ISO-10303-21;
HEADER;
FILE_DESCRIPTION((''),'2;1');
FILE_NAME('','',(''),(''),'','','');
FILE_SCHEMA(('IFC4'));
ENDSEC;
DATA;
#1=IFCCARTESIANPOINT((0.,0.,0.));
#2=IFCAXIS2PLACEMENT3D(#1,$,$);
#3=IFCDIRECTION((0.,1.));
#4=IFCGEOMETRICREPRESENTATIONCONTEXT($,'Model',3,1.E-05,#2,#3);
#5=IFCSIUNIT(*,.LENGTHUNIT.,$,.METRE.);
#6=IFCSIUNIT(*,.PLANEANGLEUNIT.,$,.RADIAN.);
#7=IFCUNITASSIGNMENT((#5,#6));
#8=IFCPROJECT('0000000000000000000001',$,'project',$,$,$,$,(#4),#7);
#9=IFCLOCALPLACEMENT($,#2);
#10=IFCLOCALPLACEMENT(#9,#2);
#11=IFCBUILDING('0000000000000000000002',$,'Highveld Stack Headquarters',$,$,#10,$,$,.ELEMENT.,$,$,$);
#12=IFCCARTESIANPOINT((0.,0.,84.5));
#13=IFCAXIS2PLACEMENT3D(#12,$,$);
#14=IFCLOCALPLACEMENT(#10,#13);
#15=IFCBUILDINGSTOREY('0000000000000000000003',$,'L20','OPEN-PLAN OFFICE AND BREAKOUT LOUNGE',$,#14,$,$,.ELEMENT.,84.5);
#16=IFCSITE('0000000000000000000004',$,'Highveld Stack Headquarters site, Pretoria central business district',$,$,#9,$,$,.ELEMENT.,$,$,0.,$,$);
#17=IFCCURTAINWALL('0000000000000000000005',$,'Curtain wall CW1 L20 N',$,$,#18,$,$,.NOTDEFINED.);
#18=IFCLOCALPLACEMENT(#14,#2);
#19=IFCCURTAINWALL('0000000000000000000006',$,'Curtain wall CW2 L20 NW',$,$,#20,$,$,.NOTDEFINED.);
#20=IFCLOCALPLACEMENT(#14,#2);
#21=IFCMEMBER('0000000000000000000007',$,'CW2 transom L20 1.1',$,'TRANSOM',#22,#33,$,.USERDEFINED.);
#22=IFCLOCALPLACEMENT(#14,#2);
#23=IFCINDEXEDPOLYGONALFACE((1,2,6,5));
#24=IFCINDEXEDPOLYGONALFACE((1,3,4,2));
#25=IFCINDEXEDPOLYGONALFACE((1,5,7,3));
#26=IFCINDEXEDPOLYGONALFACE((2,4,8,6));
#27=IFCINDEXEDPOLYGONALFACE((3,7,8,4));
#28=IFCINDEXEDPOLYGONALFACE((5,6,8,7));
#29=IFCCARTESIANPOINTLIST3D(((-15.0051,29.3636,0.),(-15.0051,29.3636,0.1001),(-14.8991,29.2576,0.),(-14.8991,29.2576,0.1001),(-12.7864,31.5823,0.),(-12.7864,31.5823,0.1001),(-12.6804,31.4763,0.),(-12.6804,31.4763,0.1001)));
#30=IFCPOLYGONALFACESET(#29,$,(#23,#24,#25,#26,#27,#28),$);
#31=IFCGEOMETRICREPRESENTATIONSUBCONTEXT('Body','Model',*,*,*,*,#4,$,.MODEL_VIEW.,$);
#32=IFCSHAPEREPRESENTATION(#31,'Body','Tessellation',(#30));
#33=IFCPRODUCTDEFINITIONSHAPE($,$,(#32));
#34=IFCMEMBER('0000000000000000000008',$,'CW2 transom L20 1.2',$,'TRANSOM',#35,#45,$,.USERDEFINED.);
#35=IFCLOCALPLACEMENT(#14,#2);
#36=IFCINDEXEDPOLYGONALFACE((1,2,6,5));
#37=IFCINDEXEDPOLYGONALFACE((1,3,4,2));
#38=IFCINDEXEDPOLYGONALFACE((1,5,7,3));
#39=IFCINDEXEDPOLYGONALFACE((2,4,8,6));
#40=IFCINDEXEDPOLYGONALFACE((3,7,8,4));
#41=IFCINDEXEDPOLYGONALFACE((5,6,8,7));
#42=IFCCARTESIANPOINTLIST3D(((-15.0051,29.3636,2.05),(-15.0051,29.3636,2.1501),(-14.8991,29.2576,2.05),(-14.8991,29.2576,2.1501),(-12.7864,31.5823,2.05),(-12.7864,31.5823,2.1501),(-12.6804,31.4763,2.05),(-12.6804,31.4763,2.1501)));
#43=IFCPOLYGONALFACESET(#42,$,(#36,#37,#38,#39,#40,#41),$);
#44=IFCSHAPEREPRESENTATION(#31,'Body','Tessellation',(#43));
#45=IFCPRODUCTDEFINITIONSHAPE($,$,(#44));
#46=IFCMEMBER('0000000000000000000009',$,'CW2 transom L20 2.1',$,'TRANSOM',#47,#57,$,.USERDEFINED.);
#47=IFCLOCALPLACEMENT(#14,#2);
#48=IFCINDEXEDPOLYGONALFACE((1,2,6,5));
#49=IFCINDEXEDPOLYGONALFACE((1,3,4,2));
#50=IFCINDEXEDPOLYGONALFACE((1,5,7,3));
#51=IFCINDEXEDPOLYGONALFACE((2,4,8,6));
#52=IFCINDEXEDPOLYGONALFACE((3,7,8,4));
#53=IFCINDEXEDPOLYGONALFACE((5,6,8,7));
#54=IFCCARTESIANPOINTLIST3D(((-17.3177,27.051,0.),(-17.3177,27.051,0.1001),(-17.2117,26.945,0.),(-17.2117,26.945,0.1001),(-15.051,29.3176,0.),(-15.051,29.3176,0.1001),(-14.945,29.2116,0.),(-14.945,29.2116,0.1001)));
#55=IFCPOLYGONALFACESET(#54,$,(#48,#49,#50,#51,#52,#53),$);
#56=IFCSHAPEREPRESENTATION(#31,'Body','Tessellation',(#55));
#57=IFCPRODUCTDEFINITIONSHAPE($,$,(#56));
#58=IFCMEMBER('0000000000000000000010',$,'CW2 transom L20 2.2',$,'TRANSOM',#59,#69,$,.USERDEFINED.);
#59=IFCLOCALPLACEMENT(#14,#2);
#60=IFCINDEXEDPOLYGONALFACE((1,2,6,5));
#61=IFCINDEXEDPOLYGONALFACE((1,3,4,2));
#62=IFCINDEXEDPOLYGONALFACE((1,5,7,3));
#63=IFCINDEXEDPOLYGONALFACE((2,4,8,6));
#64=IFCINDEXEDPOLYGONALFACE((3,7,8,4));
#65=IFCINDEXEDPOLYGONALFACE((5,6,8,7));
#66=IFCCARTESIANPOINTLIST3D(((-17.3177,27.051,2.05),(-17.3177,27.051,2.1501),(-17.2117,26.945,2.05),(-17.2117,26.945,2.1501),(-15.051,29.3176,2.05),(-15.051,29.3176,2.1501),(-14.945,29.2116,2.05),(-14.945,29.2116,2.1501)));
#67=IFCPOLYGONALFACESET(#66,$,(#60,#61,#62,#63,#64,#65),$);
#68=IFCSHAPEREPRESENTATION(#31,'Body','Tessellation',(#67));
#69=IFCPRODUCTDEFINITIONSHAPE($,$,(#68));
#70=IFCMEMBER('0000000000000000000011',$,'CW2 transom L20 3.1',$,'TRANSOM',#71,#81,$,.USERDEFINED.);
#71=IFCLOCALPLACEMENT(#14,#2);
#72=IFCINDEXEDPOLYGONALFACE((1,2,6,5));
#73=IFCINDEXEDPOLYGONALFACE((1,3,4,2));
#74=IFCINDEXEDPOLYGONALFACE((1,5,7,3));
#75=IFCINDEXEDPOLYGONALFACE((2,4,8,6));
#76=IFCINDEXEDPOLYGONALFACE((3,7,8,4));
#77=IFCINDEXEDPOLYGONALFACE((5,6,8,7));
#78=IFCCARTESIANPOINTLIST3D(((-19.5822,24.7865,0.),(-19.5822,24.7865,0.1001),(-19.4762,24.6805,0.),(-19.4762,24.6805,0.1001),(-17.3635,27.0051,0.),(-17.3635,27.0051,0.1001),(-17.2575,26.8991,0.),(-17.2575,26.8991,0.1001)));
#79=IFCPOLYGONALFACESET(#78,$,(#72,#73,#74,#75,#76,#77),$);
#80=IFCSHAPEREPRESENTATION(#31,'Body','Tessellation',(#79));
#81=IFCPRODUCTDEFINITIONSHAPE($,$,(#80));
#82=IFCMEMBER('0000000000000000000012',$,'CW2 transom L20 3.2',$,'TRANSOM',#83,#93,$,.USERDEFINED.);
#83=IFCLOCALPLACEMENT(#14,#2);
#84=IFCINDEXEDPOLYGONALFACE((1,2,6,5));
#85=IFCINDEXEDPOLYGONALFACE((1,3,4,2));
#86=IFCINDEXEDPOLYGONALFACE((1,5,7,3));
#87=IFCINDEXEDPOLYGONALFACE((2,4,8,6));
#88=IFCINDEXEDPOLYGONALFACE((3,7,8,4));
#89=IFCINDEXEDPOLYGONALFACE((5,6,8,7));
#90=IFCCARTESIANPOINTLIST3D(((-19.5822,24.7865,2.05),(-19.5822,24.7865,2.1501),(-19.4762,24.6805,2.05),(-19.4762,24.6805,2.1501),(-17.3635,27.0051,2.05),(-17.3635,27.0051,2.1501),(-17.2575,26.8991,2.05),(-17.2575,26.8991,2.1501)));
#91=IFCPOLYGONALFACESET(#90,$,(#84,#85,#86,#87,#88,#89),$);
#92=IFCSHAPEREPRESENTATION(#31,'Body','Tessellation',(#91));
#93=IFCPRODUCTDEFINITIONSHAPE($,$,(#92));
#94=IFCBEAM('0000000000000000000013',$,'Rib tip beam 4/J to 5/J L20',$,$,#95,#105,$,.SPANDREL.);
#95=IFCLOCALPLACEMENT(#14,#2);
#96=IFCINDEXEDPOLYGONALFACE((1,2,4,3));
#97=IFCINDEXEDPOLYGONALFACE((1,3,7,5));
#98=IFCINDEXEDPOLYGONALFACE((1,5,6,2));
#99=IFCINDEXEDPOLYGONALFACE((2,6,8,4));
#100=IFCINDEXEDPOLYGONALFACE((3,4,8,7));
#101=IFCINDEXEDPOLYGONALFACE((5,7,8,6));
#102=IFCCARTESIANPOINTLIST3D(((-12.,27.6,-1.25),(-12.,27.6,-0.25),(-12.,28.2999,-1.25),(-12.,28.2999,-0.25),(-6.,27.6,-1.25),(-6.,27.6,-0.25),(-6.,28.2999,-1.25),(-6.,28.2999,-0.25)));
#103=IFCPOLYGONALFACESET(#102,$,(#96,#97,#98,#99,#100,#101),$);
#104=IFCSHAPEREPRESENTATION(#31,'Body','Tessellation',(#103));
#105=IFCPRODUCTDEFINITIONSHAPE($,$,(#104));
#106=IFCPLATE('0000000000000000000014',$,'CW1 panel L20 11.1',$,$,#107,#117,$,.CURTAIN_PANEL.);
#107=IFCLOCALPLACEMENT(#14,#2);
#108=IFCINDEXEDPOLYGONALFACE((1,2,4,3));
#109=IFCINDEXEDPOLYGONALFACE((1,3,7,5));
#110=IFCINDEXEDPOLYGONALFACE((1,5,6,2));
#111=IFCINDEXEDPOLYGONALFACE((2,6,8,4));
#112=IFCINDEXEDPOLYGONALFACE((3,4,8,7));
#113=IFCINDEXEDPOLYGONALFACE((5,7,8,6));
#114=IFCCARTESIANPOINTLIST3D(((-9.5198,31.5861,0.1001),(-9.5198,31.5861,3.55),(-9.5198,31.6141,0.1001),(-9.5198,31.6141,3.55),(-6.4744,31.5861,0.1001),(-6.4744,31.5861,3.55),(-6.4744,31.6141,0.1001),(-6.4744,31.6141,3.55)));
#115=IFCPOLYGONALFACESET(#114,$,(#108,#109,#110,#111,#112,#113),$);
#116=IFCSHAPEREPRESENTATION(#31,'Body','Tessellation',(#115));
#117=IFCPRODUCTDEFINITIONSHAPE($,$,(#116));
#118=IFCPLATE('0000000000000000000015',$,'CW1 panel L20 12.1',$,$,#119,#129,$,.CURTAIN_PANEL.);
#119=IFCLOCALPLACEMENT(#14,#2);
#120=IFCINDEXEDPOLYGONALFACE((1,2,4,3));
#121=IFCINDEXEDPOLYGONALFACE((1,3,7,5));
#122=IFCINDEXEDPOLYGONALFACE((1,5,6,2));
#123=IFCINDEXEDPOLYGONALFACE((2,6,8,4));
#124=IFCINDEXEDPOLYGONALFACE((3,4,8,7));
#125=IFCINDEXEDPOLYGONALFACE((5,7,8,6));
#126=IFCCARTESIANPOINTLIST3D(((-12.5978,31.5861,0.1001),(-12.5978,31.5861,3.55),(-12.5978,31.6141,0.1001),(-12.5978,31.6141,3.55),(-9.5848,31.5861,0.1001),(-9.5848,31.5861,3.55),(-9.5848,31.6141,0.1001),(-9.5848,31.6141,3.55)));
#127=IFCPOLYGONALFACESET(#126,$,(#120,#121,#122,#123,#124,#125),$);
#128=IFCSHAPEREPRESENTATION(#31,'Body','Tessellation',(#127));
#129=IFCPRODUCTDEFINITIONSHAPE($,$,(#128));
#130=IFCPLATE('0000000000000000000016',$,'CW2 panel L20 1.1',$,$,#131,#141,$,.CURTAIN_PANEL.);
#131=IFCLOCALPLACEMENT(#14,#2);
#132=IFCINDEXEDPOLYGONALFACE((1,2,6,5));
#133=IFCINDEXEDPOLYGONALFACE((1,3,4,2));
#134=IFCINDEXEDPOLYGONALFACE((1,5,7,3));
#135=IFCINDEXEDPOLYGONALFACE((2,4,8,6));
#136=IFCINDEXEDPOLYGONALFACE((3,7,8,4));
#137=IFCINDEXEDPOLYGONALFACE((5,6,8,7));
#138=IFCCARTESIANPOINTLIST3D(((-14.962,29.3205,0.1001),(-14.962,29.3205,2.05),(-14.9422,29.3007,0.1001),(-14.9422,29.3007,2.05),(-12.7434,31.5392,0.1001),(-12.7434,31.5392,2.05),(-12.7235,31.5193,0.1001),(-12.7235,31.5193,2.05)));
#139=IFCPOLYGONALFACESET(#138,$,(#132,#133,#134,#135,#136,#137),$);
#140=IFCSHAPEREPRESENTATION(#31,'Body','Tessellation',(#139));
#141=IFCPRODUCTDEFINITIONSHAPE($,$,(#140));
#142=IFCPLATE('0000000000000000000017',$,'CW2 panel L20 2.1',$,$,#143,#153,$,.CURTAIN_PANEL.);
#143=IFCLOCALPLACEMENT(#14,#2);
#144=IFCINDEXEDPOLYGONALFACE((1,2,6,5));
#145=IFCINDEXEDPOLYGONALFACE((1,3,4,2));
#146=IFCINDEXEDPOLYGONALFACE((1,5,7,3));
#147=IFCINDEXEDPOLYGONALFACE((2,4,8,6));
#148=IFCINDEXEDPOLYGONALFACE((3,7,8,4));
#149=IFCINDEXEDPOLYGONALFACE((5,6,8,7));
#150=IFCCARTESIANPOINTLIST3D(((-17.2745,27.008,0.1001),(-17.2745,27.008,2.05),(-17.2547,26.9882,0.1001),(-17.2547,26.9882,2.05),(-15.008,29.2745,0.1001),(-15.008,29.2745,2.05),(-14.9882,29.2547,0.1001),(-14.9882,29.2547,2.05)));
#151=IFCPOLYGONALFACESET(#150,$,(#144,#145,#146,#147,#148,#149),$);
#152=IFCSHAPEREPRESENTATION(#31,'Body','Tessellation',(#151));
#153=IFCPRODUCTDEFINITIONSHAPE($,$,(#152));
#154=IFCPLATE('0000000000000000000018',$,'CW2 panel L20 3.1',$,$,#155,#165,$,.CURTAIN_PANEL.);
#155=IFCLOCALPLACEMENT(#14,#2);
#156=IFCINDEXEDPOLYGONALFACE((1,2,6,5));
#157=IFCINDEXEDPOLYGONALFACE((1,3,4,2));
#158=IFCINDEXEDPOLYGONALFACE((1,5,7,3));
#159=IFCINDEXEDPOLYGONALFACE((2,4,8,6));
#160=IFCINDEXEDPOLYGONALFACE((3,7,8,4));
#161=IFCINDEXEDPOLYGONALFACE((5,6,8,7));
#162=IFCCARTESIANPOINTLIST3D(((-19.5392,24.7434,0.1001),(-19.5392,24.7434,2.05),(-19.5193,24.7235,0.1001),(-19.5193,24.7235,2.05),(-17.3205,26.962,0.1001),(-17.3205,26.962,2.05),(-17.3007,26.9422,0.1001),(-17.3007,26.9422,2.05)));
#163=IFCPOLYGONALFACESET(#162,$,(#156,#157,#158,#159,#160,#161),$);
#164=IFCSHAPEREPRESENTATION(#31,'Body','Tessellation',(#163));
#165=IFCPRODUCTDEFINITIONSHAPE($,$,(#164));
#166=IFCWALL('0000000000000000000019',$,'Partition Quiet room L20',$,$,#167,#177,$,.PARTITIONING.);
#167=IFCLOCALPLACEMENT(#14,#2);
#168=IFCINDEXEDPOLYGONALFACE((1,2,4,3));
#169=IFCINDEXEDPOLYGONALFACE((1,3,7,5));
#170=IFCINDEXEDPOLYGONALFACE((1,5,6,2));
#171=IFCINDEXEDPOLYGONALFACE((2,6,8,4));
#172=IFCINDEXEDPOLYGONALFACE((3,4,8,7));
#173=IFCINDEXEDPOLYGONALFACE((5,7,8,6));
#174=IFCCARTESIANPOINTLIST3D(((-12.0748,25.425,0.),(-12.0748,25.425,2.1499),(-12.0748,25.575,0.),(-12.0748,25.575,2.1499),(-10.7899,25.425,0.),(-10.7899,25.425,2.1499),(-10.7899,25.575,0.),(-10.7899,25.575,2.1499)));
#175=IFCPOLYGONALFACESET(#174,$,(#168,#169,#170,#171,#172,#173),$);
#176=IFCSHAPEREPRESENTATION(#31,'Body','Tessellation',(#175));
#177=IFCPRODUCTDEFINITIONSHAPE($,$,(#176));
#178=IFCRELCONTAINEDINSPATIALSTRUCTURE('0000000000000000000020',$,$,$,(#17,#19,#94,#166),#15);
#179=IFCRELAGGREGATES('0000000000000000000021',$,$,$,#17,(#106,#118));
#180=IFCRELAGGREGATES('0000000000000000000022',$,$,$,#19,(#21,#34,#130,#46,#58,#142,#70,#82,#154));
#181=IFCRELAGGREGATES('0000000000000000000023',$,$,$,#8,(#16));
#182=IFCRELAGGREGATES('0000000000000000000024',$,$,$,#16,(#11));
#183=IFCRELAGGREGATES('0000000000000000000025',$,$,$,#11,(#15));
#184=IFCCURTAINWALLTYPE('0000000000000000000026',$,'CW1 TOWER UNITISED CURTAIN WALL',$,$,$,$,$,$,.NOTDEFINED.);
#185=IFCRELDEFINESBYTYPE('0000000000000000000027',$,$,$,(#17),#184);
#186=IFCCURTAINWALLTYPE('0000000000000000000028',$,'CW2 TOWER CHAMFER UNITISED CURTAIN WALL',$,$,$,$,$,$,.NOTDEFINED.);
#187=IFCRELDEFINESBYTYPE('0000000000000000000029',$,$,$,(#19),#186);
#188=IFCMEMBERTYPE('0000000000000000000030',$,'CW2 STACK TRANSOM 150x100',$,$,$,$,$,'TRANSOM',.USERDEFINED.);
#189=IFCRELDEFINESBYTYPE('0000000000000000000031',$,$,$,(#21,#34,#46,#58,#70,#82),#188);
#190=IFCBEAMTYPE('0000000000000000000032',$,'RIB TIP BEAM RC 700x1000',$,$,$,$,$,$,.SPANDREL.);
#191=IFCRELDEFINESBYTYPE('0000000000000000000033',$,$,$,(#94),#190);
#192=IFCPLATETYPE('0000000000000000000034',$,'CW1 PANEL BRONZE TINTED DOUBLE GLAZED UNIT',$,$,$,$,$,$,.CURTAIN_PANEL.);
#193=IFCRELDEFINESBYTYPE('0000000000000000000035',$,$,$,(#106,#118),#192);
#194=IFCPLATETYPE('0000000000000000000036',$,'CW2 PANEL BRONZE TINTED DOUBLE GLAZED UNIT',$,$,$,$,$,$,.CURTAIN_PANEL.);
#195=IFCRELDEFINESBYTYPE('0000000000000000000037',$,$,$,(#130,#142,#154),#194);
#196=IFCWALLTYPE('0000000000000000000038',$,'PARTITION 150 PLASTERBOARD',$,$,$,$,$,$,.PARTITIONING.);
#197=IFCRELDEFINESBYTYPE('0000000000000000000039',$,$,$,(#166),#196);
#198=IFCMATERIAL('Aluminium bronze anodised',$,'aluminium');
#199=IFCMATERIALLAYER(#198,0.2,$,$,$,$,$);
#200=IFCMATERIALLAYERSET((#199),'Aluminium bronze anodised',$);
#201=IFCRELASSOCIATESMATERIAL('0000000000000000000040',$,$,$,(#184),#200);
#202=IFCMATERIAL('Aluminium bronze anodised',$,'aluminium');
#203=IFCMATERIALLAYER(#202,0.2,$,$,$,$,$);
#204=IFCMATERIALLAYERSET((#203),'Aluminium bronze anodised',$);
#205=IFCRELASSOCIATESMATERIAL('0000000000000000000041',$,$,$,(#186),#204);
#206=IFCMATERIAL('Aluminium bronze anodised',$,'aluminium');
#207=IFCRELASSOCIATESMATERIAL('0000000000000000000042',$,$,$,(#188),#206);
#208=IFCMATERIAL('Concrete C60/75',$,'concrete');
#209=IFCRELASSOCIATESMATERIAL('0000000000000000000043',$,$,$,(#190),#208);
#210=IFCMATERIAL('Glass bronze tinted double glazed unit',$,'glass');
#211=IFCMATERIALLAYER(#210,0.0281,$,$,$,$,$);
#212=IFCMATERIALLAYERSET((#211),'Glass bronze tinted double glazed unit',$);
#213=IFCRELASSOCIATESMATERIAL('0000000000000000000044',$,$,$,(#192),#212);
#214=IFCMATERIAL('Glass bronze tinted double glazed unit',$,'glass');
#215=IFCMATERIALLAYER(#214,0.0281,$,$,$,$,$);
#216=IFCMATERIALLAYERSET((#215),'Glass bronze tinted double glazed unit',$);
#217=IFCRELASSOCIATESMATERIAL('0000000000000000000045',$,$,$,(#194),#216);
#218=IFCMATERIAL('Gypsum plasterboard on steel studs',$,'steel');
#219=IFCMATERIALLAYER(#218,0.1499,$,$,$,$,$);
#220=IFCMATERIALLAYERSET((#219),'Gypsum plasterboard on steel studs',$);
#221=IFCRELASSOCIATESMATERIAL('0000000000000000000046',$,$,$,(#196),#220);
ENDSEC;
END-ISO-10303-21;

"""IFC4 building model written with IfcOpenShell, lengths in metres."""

from ifc_helpers import new_model, si_unit, direction, frame, frame_2d, origin, origin_2d, place, context, subcontext, project, spatial, rectangle, extrude, material, layer, layer_set, material_profile, profile_set, type_object, element, aggregate, save


model = new_model("IFC4")

# Units and contexts
model_context = context("Model", 3, precision=1e-05, world=origin(), true_north=direction((0.0, 1.0)))
body_context = subcontext(model_context, "Body", "Model", "MODEL_VIEW")
ifc_project = project(units=[si_unit("LENGTHUNIT", "METRE"), si_unit("PLANEANGLEUNIT", "RADIAN")], contexts=[model_context])

# Site, building, storey
site_placement = place(None, origin())
site = spatial("IfcSite", under=ifc_project, at=site_placement, Name="Highveld Stack Headquarters site, Pretoria central business district", CompositionType="ELEMENT", RefElevation=0.0)
building_placement = place(site_placement, origin())
building = spatial("IfcBuilding", under=site, at=building_placement, Name="Highveld Stack Headquarters", CompositionType="ELEMENT")
storey_placement = place(building_placement, frame((0.0, 0.0, 84.5)))
storey = spatial("IfcBuildingStorey", under=building, at=storey_placement, Name="L20", Description="OPEN-PLAN OFFICE AND BREAKOUT LOUNGE", CompositionType="ELEMENT", Elevation=84.5)

# Curtain wall
ifc_material_1 = material(Name="Aluminium bronze anodised", Category="aluminium")
ifc_layer_1 = layer(ifc_material_1, 0.2)
ifc_layer_set_1 = layer_set([ifc_layer_1], Name="Aluminium bronze anodised")
curtain_wall_type_1 = type_object("IfcCurtainWallType", Name="CW1 TOWER UNITISED CURTAIN WALL", PredefinedType="NOTDEFINED", material=ifc_layer_set_1)
curtain_wall_1_placement = place(storey_placement, origin())
curtain_wall_1 = element("IfcCurtainWall", 1, at=curtain_wall_1_placement, inside=storey, type_object=curtain_wall_type_1, Name="Curtain wall CW1 L20 N", PredefinedType="NOTDEFINED")

# Curtain wall, members
ifc_material_2 = material(Name="Aluminium bronze anodised", Category="aluminium")
ifc_layer_2 = layer(ifc_material_2, 0.2)
ifc_layer_set_2 = layer_set([ifc_layer_2], Name="Aluminium bronze anodised")
curtain_wall_type_2 = type_object("IfcCurtainWallType", Name="CW2 TOWER CHAMFER UNITISED CURTAIN WALL", PredefinedType="NOTDEFINED", material=ifc_layer_set_2)
curtain_wall_2_placement = place(storey_placement, origin())
curtain_wall_2 = element("IfcCurtainWall", 2, at=curtain_wall_2_placement, inside=storey, type_object=curtain_wall_type_2, Name="Curtain wall CW2 L20 NW", PredefinedType="NOTDEFINED")
ifc_material_3 = material(Name="Aluminium bronze anodised", Category="aluminium")
ifc_material_profile_1 = material_profile(ifc_material_3, rectangle(XDim=0.1499, YDim=0.1001, at=origin_2d()), Name="CW2 TRANSOM 150x100")
ifc_profile_set_1 = profile_set([ifc_material_profile_1], Name="Aluminium bronze anodised")
member_type_1 = type_object("IfcMemberType", Name="CW2 STACK TRANSOM 150x100", ElementType="TRANSOM", PredefinedType="USERDEFINED", material=ifc_profile_set_1)
member_1_placement = place(storey_placement, frame((-12.7334, 31.5293, 0.05), z_axis=(-0.707107, -0.707107, 0.0), x_axis=(0.707107, -0.707107, 0.0)))
member_1 = element("IfcMember", 3, at=member_1_placement, type_object=member_type_1, Name="CW2 transom L20 1.1", ObjectType="TRANSOM", PredefinedType="USERDEFINED", context=body_context, shape_type="SweptSolid", body=[
    extrude(rectangle(XDim=0.1499, YDim=0.1001, at=origin_2d()), origin(), (0.0, 0.0, 1.0), 3.1377),
])
member_2_placement = place(storey_placement, frame((-12.7334, 31.5293, 2.1001), z_axis=(-0.707107, -0.707107, 0.0), x_axis=(0.707107, -0.707107, 0.0)))
member_2 = element("IfcMember", 4, at=member_2_placement, type_object=member_type_1, Name="CW2 transom L20 1.2", ObjectType="TRANSOM", PredefinedType="USERDEFINED", context=body_context, shape_type="SweptSolid", body=[
    extrude(rectangle(XDim=0.1499, YDim=0.1001, at=origin_2d()), origin(), (0.0, 0.0, 1.0), 3.1377),
])
member_3_placement = place(storey_placement, frame((-14.998, 29.2646, 0.05), z_axis=(-0.707107, -0.707107, 0.0), x_axis=(0.707107, -0.707107, 0.0)))
member_3 = element("IfcMember", 5, at=member_3_placement, type_object=member_type_1, Name="CW2 transom L20 2.1", ObjectType="TRANSOM", PredefinedType="USERDEFINED", context=body_context, shape_type="SweptSolid", body=[
    extrude(rectangle(XDim=0.1499, YDim=0.1001, at=origin_2d()), origin(), (0.0, 0.0, 1.0), 3.2056),
])
member_4_placement = place(storey_placement, frame((-14.998, 29.2646, 2.1001), z_axis=(-0.707107, -0.707107, 0.0), x_axis=(0.707107, -0.707107, 0.0)))
member_4 = element("IfcMember", 6, at=member_4_placement, type_object=member_type_1, Name="CW2 transom L20 2.2", ObjectType="TRANSOM", PredefinedType="USERDEFINED", context=body_context, shape_type="SweptSolid", body=[
    extrude(rectangle(XDim=0.1499, YDim=0.1001, at=origin_2d()), origin(), (0.0, 0.0, 1.0), 3.2056),
])
member_5_placement = place(storey_placement, frame((-17.3105, 26.9521, 0.05), z_axis=(-0.707107, -0.707107, 0.0), x_axis=(0.707107, -0.707107, 0.0)))
member_5 = element("IfcMember", 7, at=member_5_placement, type_object=member_type_1, Name="CW2 transom L20 3.1", ObjectType="TRANSOM", PredefinedType="USERDEFINED", context=body_context, shape_type="SweptSolid", body=[
    extrude(rectangle(XDim=0.1499, YDim=0.1001, at=origin_2d()), origin(), (0.0, 0.0, 1.0), 3.1377),
])
member_6_placement = place(storey_placement, frame((-17.3105, 26.9521, 2.1001), z_axis=(-0.707107, -0.707107, 0.0), x_axis=(0.707107, -0.707107, 0.0)))
member_6 = element("IfcMember", 8, at=member_6_placement, type_object=member_type_1, Name="CW2 transom L20 3.2", ObjectType="TRANSOM", PredefinedType="USERDEFINED", context=body_context, shape_type="SweptSolid", body=[
    extrude(rectangle(XDim=0.1499, YDim=0.1001, at=origin_2d()), origin(), (0.0, 0.0, 1.0), 3.1377),
])

# Beam
ifc_material_4 = material(Name="Concrete C60/75", Category="concrete")
ifc_material_profile_2 = material_profile(ifc_material_4, rectangle(XDim=0.7, YDim=1.0, at=origin_2d()), Name="RC 700x1000")
ifc_profile_set_2 = profile_set([ifc_material_profile_2], Name="Concrete C60/75")
beam_type = type_object("IfcBeamType", Name="RIB TIP BEAM RC 700x1000", PredefinedType="SPANDREL", material=ifc_profile_set_2)
beam_placement = place(storey_placement, frame((-12.0, 27.95, -0.75), z_axis=(1.0, 0.0, 0.0), x_axis=(0.0, 1.0, 0.0)))
element("IfcBeam", 9, at=beam_placement, inside=storey, type_object=beam_type, Name="Rib tip beam 4/J to 5/J L20", PredefinedType="SPANDREL", context=body_context, shape_type="SweptSolid", body=[
    extrude(rectangle(XDim=0.7, YDim=1.0, at=origin_2d()), origin(), (0.0, 0.0, 1.0), 6.0),
])

# Plates
ifc_material_5 = material(Name="Glass bronze tinted double glazed unit", Category="glass")
ifc_layer_3 = layer(ifc_material_5, 0.0281)
ifc_layer_set_3 = layer_set([ifc_layer_3], Name="Glass bronze tinted double glazed unit")
plate_type_1 = type_object("IfcPlateType", Name="CW1 PANEL BRONZE TINTED DOUBLE GLAZED UNIT", PredefinedType="CURTAIN_PANEL", material=ifc_layer_set_3)
plate_1_placement = place(storey_placement, frame((-7.9971, 31.6001, 0.1001), z_axis=(0.0, 0.0, 1.0), x_axis=(-1.0, 0.0, 0.0)))
plate_1 = element("IfcPlate", 10, at=plate_1_placement, type_object=plate_type_1, Name="CW1 panel L20 11.1", PredefinedType="CURTAIN_PANEL", context=body_context, shape_type="SweptSolid", body=[
    extrude(rectangle(XDim=3.0454, YDim=0.0281, at=origin_2d()), origin(), (0.0, 0.0, 1.0), 3.45),
])
plate_2_placement = place(storey_placement, frame((-11.0913, 31.6001, 0.1001), z_axis=(0.0, 0.0, 1.0), x_axis=(-1.0, 0.0, 0.0)))
plate_2 = element("IfcPlate", 11, at=plate_2_placement, type_object=plate_type_1, Name="CW1 panel L20 12.1", PredefinedType="CURTAIN_PANEL", context=body_context, shape_type="SweptSolid", body=[
    extrude(rectangle(XDim=3.0129, YDim=0.0281, at=origin_2d()), origin(), (0.0, 0.0, 1.0), 3.45),
])
aggregate(curtain_wall_1, [plate_1, plate_2])
ifc_material_6 = material(Name="Glass bronze tinted double glazed unit", Category="glass")
ifc_layer_4 = layer(ifc_material_6, 0.0281)
ifc_layer_set_4 = layer_set([ifc_layer_4], Name="Glass bronze tinted double glazed unit")
plate_type_2 = type_object("IfcPlateType", Name="CW2 PANEL BRONZE TINTED DOUBLE GLAZED UNIT", PredefinedType="CURTAIN_PANEL", material=ifc_layer_set_4)
plate_3_placement = place(storey_placement, frame((-13.8428, 30.4199, 0.1001), z_axis=(0.0, 0.0, 1.0), x_axis=(-0.707107, -0.707107, 0.0)))
plate_3 = element("IfcPlate", 12, at=plate_3_placement, type_object=plate_type_2, Name="CW2 panel L20 1.1", PredefinedType="CURTAIN_PANEL", context=body_context, shape_type="SweptSolid", body=[
    extrude(rectangle(XDim=3.1377, YDim=0.0281, at=origin_2d()), origin(), (0.0, 0.0, 1.0), 1.95),
])
plate_4_placement = place(storey_placement, frame((-16.1313, 28.1313, 0.1001), z_axis=(0.0, 0.0, 1.0), x_axis=(-0.707107, -0.707107, 0.0)))
plate_4 = element("IfcPlate", 13, at=plate_4_placement, type_object=plate_type_2, Name="CW2 panel L20 2.1", PredefinedType="CURTAIN_PANEL", context=body_context, shape_type="SweptSolid", body=[
    extrude(rectangle(XDim=3.2053, YDim=0.0281, at=origin_2d()), origin(), (0.0, 0.0, 1.0), 1.95),
])
plate_5_placement = place(storey_placement, frame((-18.4199, 25.8428, 0.1001), z_axis=(0.0, 0.0, 1.0), x_axis=(-0.707107, -0.707107, 0.0)))
plate_5 = element("IfcPlate", 14, at=plate_5_placement, type_object=plate_type_2, Name="CW2 panel L20 3.1", PredefinedType="CURTAIN_PANEL", context=body_context, shape_type="SweptSolid", body=[
    extrude(rectangle(XDim=3.1377, YDim=0.0281, at=origin_2d()), origin(), (0.0, 0.0, 1.0), 1.95),
])
aggregate(curtain_wall_2, [member_1, member_2, plate_3, member_3, member_4, plate_4, member_5, member_6, plate_5])

# Wall
ifc_material_7 = material(Name="Gypsum plasterboard on steel studs", Category="steel")
ifc_layer_5 = layer(ifc_material_7, 0.1499)
ifc_layer_set_5 = layer_set([ifc_layer_5], Name="Gypsum plasterboard on steel studs")
wall_type = type_object("IfcWallType", Name="PARTITION 150 PLASTERBOARD", PredefinedType="PARTITIONING", material=ifc_layer_set_5)
wall_1_placement = place(storey_placement, frame((-12.075, 25.5, 0.0), z_axis=(0.0, 0.0, 1.0), x_axis=(1.0, 0.0, 0.0)))
element("IfcWall", 15, at=wall_1_placement, inside=storey, type_object=wall_type, Name="Partition Quiet room L20", PredefinedType="PARTITIONING", context=body_context, shape_type="SweptSolid", body=[
    extrude(rectangle(XDim=1.2849, YDim=0.1499, at=frame_2d((0.6426, 0.0))), origin(), (0.0, 0.0, 1.0), 2.1499),
])

save(model, "model.ifc")
